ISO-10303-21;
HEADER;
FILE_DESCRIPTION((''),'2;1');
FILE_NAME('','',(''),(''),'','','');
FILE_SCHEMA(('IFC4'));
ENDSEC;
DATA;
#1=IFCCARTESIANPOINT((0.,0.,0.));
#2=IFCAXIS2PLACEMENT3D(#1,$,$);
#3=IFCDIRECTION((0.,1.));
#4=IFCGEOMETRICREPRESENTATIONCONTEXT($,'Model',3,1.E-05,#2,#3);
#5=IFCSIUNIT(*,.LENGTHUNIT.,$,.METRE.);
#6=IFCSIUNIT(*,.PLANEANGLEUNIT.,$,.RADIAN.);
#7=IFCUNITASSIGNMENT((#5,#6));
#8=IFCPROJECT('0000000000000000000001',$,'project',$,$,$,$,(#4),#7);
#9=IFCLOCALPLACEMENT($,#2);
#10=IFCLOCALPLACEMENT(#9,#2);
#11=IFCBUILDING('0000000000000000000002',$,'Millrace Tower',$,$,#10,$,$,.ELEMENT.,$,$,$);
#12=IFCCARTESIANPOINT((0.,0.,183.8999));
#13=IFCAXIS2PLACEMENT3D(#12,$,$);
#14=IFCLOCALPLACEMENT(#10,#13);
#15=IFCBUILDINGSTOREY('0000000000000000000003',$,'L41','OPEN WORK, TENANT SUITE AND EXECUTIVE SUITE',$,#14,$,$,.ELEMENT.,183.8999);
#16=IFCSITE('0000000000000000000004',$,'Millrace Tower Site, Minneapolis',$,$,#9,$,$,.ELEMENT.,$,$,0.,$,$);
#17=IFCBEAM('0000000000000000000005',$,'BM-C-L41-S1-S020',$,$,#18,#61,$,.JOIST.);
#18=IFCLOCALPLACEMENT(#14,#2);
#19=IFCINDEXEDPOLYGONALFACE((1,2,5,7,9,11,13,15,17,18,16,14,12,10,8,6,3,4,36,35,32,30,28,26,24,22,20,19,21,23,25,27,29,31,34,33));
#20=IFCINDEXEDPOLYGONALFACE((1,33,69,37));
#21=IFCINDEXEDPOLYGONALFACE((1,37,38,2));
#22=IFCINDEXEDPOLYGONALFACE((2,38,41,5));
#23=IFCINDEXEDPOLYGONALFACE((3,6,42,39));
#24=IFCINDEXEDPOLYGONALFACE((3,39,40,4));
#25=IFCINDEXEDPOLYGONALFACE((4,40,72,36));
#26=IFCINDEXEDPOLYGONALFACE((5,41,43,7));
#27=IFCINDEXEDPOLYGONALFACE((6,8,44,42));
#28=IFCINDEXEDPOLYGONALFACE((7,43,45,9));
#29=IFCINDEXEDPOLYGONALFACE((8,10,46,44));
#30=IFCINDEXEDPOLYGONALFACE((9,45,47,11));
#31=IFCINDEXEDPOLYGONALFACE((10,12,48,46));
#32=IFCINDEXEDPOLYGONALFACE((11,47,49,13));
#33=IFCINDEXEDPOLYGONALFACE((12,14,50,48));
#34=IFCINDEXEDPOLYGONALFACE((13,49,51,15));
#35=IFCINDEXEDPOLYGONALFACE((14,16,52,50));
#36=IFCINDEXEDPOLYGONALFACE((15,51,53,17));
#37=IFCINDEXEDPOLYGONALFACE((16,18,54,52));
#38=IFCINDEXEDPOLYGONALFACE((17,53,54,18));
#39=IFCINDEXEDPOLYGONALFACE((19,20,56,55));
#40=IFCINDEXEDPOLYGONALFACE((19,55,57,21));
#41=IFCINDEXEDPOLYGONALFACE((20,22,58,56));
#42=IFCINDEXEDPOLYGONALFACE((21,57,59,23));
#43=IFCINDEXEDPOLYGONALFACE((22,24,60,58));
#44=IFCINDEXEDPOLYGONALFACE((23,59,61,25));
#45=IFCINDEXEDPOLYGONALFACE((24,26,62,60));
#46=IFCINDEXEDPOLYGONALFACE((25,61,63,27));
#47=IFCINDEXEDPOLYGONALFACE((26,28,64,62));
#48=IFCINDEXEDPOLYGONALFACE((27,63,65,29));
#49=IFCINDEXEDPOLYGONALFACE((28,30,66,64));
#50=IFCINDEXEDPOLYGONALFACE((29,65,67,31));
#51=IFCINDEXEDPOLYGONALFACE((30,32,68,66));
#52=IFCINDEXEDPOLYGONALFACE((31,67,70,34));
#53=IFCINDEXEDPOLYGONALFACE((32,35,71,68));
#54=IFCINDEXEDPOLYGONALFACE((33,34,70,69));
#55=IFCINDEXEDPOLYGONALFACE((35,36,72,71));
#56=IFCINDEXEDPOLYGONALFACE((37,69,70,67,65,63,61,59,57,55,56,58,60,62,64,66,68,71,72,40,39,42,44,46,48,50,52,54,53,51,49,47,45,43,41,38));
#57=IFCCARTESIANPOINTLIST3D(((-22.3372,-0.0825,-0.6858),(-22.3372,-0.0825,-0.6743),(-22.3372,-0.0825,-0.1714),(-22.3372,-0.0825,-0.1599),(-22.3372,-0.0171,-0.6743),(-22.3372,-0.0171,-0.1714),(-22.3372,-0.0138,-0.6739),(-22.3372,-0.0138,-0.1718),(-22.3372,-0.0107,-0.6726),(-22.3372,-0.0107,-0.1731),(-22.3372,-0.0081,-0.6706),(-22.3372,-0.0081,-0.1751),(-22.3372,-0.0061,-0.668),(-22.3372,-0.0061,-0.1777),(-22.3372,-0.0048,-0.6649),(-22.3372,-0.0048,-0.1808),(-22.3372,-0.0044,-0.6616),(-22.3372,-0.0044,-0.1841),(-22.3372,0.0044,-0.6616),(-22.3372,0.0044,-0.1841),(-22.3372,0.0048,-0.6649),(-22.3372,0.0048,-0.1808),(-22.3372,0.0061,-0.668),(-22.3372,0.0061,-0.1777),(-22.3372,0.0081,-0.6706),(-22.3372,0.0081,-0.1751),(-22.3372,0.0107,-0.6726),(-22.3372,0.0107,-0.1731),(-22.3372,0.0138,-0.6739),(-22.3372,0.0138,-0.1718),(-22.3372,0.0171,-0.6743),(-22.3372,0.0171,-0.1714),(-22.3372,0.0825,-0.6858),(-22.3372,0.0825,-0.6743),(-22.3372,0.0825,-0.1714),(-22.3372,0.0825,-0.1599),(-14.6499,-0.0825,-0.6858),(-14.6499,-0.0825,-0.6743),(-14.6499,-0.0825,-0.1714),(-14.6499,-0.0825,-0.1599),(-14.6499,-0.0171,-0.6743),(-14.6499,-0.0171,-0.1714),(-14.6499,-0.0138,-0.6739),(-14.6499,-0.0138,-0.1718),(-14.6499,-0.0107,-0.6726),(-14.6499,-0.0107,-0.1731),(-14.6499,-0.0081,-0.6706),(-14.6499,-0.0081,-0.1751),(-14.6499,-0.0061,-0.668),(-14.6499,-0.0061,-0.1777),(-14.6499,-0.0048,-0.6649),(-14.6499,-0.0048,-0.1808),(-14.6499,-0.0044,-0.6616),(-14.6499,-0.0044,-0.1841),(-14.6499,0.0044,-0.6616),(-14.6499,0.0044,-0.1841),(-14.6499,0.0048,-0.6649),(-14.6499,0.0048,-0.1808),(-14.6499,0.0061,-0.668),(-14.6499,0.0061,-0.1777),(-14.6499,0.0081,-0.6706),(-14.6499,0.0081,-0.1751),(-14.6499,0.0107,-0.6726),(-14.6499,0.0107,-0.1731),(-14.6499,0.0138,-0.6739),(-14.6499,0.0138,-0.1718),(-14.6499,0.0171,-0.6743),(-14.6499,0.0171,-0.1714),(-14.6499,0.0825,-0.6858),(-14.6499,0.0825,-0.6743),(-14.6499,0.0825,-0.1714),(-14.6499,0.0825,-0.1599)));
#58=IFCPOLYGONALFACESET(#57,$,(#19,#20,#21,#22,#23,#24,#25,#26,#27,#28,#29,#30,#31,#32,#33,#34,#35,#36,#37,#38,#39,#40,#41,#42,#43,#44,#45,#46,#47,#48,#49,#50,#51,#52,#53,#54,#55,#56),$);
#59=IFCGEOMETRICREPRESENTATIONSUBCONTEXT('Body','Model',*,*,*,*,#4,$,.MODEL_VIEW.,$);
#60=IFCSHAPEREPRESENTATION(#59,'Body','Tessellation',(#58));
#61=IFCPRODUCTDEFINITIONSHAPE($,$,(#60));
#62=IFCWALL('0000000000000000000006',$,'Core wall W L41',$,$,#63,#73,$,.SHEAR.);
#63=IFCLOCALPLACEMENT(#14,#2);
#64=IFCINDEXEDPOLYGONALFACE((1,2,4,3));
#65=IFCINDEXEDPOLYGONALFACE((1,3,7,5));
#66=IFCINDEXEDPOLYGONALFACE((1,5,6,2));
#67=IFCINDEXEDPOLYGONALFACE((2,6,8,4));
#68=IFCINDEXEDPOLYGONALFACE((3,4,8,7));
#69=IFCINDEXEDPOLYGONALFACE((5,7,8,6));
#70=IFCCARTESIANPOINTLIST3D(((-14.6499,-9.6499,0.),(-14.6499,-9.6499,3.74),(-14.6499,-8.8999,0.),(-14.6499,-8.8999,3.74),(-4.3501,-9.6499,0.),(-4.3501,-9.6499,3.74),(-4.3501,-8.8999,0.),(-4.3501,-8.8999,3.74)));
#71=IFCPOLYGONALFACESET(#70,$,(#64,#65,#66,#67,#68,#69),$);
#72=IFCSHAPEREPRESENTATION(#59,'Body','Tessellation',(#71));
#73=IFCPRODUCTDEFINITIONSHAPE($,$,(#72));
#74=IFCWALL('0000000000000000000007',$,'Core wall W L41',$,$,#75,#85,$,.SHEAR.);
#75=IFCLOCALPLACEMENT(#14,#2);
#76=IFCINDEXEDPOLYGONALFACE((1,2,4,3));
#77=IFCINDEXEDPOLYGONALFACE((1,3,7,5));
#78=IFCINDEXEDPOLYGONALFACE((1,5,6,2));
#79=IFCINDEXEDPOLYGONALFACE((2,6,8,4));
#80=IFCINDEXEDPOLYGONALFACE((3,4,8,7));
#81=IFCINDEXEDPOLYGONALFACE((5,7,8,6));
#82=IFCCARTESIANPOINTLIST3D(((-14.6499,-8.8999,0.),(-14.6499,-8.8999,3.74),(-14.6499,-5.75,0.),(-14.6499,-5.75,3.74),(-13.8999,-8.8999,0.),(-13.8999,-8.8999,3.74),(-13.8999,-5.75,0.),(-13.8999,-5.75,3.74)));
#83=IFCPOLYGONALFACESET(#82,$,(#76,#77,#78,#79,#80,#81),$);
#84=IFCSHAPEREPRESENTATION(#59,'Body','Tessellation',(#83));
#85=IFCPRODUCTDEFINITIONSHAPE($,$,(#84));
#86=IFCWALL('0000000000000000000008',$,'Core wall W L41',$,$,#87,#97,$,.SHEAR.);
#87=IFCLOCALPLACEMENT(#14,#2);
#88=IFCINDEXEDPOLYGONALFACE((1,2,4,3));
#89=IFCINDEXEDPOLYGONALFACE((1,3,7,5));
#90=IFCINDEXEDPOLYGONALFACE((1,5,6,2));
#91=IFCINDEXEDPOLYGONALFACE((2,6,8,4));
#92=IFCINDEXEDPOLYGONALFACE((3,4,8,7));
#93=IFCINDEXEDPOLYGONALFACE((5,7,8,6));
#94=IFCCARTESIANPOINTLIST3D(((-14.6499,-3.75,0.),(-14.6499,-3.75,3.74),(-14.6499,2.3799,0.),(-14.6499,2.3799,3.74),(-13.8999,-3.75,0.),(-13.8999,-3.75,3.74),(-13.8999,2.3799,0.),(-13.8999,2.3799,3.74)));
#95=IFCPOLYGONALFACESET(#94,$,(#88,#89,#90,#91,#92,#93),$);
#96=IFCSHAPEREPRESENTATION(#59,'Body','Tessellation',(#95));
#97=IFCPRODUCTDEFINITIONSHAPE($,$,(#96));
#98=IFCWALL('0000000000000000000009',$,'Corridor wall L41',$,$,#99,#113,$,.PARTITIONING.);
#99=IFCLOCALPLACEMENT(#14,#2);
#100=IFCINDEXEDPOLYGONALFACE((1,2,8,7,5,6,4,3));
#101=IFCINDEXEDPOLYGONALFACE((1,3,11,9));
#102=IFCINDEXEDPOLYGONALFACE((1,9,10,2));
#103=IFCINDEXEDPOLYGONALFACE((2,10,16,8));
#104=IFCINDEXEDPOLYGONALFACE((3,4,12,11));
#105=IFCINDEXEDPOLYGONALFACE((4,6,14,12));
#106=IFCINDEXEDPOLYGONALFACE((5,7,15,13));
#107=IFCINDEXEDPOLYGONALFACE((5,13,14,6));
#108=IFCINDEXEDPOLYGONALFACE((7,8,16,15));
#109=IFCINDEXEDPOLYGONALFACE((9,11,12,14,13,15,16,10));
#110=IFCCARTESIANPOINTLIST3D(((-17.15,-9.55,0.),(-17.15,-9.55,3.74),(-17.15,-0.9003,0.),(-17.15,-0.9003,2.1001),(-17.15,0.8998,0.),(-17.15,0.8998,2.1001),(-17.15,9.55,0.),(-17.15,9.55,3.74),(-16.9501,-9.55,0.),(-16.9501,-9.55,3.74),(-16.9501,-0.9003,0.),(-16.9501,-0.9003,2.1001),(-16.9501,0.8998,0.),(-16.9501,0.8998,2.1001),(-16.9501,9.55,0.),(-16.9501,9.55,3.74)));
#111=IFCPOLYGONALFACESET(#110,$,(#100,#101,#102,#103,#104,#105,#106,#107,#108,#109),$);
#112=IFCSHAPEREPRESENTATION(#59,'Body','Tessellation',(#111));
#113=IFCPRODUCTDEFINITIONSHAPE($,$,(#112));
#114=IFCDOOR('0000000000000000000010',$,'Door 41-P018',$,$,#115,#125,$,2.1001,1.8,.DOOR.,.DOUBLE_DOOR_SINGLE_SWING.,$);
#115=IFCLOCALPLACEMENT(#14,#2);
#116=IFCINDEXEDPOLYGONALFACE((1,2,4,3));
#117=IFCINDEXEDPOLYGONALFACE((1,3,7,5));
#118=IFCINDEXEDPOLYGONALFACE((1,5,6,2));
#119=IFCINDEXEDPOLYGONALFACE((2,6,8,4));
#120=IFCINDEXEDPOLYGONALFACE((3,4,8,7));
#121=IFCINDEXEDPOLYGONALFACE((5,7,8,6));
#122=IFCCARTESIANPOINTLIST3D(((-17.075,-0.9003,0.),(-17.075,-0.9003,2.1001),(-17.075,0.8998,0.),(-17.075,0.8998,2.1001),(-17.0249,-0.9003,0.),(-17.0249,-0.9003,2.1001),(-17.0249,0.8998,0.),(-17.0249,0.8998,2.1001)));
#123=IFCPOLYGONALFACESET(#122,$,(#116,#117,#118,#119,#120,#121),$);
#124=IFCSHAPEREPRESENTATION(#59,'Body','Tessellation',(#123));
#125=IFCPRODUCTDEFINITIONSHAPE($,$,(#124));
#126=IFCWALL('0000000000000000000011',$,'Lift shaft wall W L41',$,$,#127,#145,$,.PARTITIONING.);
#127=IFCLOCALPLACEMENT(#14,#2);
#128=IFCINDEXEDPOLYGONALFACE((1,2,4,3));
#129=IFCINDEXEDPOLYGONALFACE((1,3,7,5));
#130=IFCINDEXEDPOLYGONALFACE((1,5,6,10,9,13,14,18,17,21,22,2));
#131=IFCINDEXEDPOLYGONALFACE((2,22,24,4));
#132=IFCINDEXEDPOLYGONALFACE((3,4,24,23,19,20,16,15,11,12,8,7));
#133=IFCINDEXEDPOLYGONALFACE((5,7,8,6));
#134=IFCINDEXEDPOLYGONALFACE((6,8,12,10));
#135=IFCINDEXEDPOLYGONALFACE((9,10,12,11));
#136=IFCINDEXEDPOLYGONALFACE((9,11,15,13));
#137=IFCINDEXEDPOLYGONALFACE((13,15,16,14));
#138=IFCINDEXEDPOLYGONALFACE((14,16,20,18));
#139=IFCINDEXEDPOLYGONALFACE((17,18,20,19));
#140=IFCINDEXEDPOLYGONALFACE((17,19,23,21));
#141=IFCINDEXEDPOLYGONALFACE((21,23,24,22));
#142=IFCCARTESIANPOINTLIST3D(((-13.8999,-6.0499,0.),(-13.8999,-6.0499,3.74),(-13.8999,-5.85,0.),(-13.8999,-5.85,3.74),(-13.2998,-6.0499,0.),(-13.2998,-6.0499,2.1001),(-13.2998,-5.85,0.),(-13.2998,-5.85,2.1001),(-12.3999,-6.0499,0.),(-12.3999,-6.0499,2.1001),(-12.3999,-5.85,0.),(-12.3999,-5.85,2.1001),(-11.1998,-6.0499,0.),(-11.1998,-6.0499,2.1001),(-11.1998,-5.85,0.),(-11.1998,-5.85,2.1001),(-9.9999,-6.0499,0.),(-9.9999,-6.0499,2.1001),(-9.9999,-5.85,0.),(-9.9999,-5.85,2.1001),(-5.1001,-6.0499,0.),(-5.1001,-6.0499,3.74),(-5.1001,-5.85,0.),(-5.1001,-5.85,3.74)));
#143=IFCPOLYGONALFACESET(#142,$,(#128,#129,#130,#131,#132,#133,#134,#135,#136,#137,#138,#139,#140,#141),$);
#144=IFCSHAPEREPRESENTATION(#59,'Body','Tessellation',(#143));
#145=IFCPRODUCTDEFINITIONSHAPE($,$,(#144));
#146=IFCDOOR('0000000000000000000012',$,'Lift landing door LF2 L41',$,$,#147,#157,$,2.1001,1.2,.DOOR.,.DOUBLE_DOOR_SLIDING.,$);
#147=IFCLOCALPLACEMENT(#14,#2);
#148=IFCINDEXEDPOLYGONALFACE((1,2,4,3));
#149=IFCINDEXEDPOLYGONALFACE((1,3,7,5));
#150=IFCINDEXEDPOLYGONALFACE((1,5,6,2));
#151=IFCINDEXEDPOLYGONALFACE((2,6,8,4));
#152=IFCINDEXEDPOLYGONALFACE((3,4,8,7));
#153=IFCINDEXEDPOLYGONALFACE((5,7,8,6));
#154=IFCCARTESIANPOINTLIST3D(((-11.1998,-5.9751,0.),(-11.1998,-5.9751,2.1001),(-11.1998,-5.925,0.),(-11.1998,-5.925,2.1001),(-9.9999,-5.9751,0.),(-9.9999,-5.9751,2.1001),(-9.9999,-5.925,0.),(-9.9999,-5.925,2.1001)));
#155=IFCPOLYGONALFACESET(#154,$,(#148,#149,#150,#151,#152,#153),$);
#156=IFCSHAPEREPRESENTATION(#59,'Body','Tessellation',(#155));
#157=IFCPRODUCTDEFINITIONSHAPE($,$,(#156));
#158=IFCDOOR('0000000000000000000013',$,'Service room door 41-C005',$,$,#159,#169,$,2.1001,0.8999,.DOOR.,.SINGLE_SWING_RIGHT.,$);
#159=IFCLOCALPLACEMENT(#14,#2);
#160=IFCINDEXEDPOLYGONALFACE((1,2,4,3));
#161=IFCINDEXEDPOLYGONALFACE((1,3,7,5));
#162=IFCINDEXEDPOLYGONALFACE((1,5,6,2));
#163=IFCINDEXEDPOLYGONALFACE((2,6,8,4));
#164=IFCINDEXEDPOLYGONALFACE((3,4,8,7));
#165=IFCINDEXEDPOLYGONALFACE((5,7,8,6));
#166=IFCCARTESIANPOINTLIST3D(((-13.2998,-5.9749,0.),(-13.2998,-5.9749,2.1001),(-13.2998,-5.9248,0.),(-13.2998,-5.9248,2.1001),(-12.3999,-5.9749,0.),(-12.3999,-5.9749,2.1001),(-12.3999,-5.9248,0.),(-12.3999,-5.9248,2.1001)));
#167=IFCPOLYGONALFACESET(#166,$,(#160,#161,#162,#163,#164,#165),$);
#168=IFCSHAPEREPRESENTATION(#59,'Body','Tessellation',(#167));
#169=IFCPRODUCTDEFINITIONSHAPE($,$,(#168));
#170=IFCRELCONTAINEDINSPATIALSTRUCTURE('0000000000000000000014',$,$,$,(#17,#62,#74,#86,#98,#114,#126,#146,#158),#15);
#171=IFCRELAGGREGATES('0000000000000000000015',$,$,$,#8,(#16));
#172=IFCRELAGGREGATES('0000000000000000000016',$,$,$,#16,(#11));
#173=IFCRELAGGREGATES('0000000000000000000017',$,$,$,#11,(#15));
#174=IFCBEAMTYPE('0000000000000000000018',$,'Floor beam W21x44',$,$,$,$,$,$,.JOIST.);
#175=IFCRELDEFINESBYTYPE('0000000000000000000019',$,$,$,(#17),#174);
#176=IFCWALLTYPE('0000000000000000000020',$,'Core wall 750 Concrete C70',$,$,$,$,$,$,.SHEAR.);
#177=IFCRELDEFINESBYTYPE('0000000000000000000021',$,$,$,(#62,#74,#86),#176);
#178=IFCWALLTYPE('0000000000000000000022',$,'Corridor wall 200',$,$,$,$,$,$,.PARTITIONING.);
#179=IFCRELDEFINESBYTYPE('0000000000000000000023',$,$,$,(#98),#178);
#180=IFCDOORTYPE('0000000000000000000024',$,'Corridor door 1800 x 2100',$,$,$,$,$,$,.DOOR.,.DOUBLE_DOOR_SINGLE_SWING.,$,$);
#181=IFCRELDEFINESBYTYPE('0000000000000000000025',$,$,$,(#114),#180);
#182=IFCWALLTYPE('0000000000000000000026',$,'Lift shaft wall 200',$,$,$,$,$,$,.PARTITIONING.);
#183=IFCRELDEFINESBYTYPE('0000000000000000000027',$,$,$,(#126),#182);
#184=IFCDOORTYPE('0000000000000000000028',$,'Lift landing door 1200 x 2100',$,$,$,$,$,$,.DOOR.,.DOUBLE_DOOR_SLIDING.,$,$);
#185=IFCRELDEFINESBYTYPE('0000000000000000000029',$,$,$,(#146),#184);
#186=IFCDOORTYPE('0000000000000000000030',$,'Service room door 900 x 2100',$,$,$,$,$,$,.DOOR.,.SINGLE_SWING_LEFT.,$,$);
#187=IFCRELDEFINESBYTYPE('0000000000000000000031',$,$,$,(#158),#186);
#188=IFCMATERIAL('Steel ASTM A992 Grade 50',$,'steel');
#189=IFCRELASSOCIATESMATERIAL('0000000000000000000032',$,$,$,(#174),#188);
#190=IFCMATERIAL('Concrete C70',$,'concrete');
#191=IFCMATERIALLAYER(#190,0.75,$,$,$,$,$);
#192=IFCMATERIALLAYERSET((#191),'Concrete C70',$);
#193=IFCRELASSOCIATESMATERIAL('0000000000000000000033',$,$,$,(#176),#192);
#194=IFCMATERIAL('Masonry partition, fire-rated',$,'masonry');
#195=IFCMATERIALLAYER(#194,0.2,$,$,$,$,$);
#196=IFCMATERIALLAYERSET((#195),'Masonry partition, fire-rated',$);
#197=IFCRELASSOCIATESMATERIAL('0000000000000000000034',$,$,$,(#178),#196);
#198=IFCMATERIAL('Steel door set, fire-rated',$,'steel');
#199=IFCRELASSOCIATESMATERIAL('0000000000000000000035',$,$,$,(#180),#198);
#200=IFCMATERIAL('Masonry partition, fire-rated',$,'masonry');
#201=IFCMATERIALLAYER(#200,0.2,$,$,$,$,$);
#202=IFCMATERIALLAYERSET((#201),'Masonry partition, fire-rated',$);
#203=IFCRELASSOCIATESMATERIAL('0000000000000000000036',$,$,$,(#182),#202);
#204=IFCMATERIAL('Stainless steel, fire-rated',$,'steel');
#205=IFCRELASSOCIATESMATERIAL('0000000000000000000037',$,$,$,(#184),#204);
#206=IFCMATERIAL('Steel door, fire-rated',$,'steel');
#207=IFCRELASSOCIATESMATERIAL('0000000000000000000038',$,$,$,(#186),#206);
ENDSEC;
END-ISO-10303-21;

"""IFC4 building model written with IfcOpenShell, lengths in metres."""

from ifc_helpers import new_model, si_unit, direction, frame, frame_2d, origin, origin_2d, place, context, subcontext, project, spatial, rectangle, i_section, extrude, material, layer, layer_set, material_profile, profile_set, type_object, element, fill, save


model = new_model("IFC4")

# Units and contexts
model_context = context("Model", 3, precision=1e-05, world=origin(), true_north=direction((0.0, 1.0)))
body_context = subcontext(model_context, "Body", "Model", "MODEL_VIEW")
ifc_project = project(units=[si_unit("LENGTHUNIT", "METRE"), si_unit("PLANEANGLEUNIT", "RADIAN")], contexts=[model_context])

# Site, building, storey
site_placement = place(None, origin())
site = spatial("IfcSite", under=ifc_project, at=site_placement, Name="Millrace Tower Site, Minneapolis", CompositionType="ELEMENT", RefElevation=0.0)
building_placement = place(site_placement, origin())
building = spatial("IfcBuilding", under=site, at=building_placement, Name="Millrace Tower", CompositionType="ELEMENT")
storey_placement = place(building_placement, frame((0.0, 0.0, 183.8999)))
storey = spatial("IfcBuildingStorey", under=building, at=storey_placement, Name="L41", Description="OPEN WORK, TENANT SUITE AND EXECUTIVE SUITE", CompositionType="ELEMENT", Elevation=183.8999)

# Beam
ifc_material_1 = material(Name="Steel ASTM A992 Grade 50", Category="steel")
ifc_material_profile_1 = material_profile(ifc_material_1, i_section(OverallWidth=0.165, OverallDepth=0.5259, WebThickness=0.0088, FlangeThickness=0.0115, FilletRadius=0.0127, at=origin_2d()))
ifc_profile_set_1 = profile_set([ifc_material_profile_1], Name="Steel ASTM A992 Grade 50")
beam_type_1 = type_object("IfcBeamType", Name="Floor beam W21x44", PredefinedType="JOIST", material=ifc_profile_set_1)
beam_1_placement = place(storey_placement, frame((-22.3372, 0.0, -0.4229), z_axis=(1.0, 0.0, 0.0), x_axis=(0.0, 1.0, 0.0)))
element("IfcBeam", 1, at=beam_1_placement, inside=storey, type_object=beam_type_1, Name="BM-C-L41-S1-S020", PredefinedType="JOIST", context=body_context, shape_type="SweptSolid", body=[
    extrude(i_section(OverallWidth=0.165, OverallDepth=0.5259, WebThickness=0.0088, FlangeThickness=0.0115, FilletRadius=0.0127, at=origin_2d()), origin(), (0.0, 0.0, 1.0), 7.6873),
])

# Walls
ifc_material_2 = material(Name="Concrete C70", Category="concrete")
ifc_layer_1 = layer(ifc_material_2, 0.75)
ifc_layer_set_1 = layer_set([ifc_layer_1], Name="Concrete C70")
wall_type_1 = type_object("IfcWallType", Name="Core wall 750 Concrete C70", PredefinedType="SHEAR", material=ifc_layer_set_1)
wall_1_placement = place(storey_placement, frame((-14.6499, -9.2749, 0.0), z_axis=(0.0, 0.0, 1.0), x_axis=(1.0, 0.0, 0.0)))
element("IfcWall", 2, at=wall_1_placement, inside=storey, type_object=wall_type_1, Name="Core wall W L41", PredefinedType="SHEAR", context=body_context, shape_type="SweptSolid", body=[
    extrude(rectangle(XDim=10.2998, YDim=0.75, at=frame_2d((5.1499, 0.0))), origin(), (0.0, 0.0, 1.0), 3.74),
])
wall_2_placement = place(storey_placement, frame((-14.2749, -8.8999, 0.0), z_axis=(0.0, 0.0, 1.0), x_axis=(0.0, 1.0, 0.0)))
element("IfcWall", 3, at=wall_2_placement, inside=storey, type_object=wall_type_1, Name="Core wall W L41", PredefinedType="SHEAR", context=body_context, shape_type="SweptSolid", body=[
    extrude(rectangle(XDim=3.1499, YDim=0.75, at=frame_2d((1.575, 0.0))), origin(), (0.0, 0.0, 1.0), 3.74),
])
wall_3_placement = place(storey_placement, frame((-14.2749, -3.75, 0.0), z_axis=(0.0, 0.0, 1.0), x_axis=(0.0, 1.0, 0.0)))
element("IfcWall", 4, at=wall_3_placement, inside=storey, type_object=wall_type_1, Name="Core wall W L41", PredefinedType="SHEAR", context=body_context, shape_type="SweptSolid", body=[
    extrude(rectangle(XDim=6.1299, YDim=0.75, at=frame_2d((3.0649, 0.0))), origin(), (0.0, 0.0, 1.0), 3.74),
])

# Wall, opening, door
ifc_material_3 = material(Name="Masonry partition, fire-rated", Category="masonry")
ifc_layer_2 = layer(ifc_material_3, 0.2)
ifc_layer_set_2 = layer_set([ifc_layer_2], Name="Masonry partition, fire-rated")
wall_type_2 = type_object("IfcWallType", Name="Corridor wall 200", PredefinedType="PARTITIONING", material=ifc_layer_set_2)
wall_4_placement = place(storey_placement, frame((-17.05, -9.55, 0.0), z_axis=(0.0, 0.0, 1.0), x_axis=(0.0, 1.0, 0.0)))
wall_4 = element("IfcWall", 5, at=wall_4_placement, inside=storey, type_object=wall_type_2, Name="Corridor wall L41", PredefinedType="PARTITIONING", context=body_context, shape_type="SweptSolid", body=[
    extrude(rectangle(XDim=19.1001, YDim=0.2, at=frame_2d((9.55, 0.0))), origin(), (0.0, 0.0, 1.0), 3.74),
])
opening_1_placement = place(wall_4_placement, frame((8.6499, 0.0, 0.0)))
opening_1 = element("IfcOpeningElement", 6, at=opening_1_placement, cuts=wall_4, PredefinedType="OPENING", context=body_context, shape_type="SweptSolid", body=[
    extrude(rectangle(XDim=1.8, YDim=2.1001, at=frame_2d((0.8999, 1.05))), frame((0.0, 0.1099, 0.0), z_axis=(0.0, -1.0, 0.0), x_axis=(1.0, 0.0, 0.0)), (0.0, 0.0, 1.0), 0.22),
])
ifc_material_4 = material(Name="Steel door set, fire-rated", Category="steel")
door_type_1 = type_object("IfcDoorType", Name="Corridor door 1800 x 2100", OperationType="DOUBLE_DOOR_SINGLE_SWING", PredefinedType="DOOR", material=ifc_material_4)
door_1_placement = place(opening_1_placement, origin())
door_1 = element("IfcDoor", 7, at=door_1_placement, inside=storey, type_object=door_type_1, Name="Door 41-P018", OperationType="DOUBLE_DOOR_SINGLE_SWING", OverallHeight=2.1001, OverallWidth=1.8, PredefinedType="DOOR", context=body_context, shape_type="SweptSolid", body=[
    extrude(rectangle(XDim=1.8, YDim=2.1001, at=frame_2d((0.8999, 1.05))), frame((0.0, 0.0249, 0.0), z_axis=(0.0, -1.0, 0.0), x_axis=(1.0, 0.0, 0.0)), (0.0, 0.0, 1.0), 0.05),
])
fill(opening_1, door_1)

# Wall, openings, doors
ifc_material_5 = material(Name="Masonry partition, fire-rated", Category="masonry")
ifc_layer_3 = layer(ifc_material_5, 0.2)
ifc_layer_set_3 = layer_set([ifc_layer_3], Name="Masonry partition, fire-rated")
wall_type_3 = type_object("IfcWallType", Name="Lift shaft wall 200", PredefinedType="PARTITIONING", material=ifc_layer_set_3)
wall_5_placement = place(storey_placement, frame((-13.8999, -5.95, 0.0), z_axis=(0.0, 0.0, 1.0), x_axis=(1.0, 0.0, 0.0)))
wall_5 = element("IfcWall", 8, at=wall_5_placement, inside=storey, type_object=wall_type_3, Name="Lift shaft wall W L41", PredefinedType="PARTITIONING", context=body_context, shape_type="SweptSolid", body=[
    extrude(rectangle(XDim=8.7998, YDim=0.2, at=frame_2d((4.3999, 0.0))), origin(), (0.0, 0.0, 1.0), 3.74),
])
opening_2_placement = place(wall_5_placement, frame((2.7, 0.0, 0.0)))
opening_2 = element("IfcOpeningElement", 9, at=opening_2_placement, cuts=wall_5, PredefinedType="OPENING", context=body_context, shape_type="SweptSolid", body=[
    extrude(rectangle(XDim=1.2, YDim=2.1001, at=frame_2d((0.6001, 1.05))), frame((0.0, 0.1099, 0.0), z_axis=(0.0, -1.0, 0.0), x_axis=(1.0, 0.0, 0.0)), (0.0, 0.0, 1.0), 0.22),
])
opening_3_placement = place(wall_5_placement, frame((0.6001, 0.0, 0.0)))
opening_3 = element("IfcOpeningElement", 10, at=opening_3_placement, cuts=wall_5, PredefinedType="OPENING", context=body_context, shape_type="SweptSolid", body=[
    extrude(rectangle(XDim=0.8999, YDim=2.1001, at=frame_2d((0.45, 1.05))), frame((0.0, 0.1099, 0.0), z_axis=(0.0, -1.0, 0.0), x_axis=(1.0, 0.0, 0.0)), (0.0, 0.0, 1.0), 0.22),
])
ifc_material_6 = material(Name="Stainless steel, fire-rated", Category="steel")
door_type_2 = type_object("IfcDoorType", Name="Lift landing door 1200 x 2100", OperationType="DOUBLE_DOOR_SLIDING", PredefinedType="DOOR", material=ifc_material_6)
door_2_placement = place(opening_2_placement, origin())
door_2 = element("IfcDoor", 11, at=door_2_placement, inside=storey, type_object=door_type_2, Name="Lift landing door LF2 L41", OperationType="DOUBLE_DOOR_SLIDING", OverallHeight=2.1001, OverallWidth=1.2, PredefinedType="DOOR", context=body_context, shape_type="SweptSolid", body=[
    extrude(rectangle(XDim=1.2, YDim=2.1001, at=frame_2d((0.6001, 1.05))), frame((0.0, 0.0249, 0.0), z_axis=(0.0, -1.0, 0.0), x_axis=(1.0, 0.0, 0.0)), (0.0, 0.0, 1.0), 0.05),
])
fill(opening_2, door_2)
ifc_material_7 = material(Name="Steel door, fire-rated", Category="steel")
door_type_3 = type_object("IfcDoorType", Name="Service room door 900 x 2100", OperationType="SINGLE_SWING_LEFT", PredefinedType="DOOR", material=ifc_material_7)
door_3_placement = place(opening_3_placement, frame((0.8999, 0.0, 0.0), z_axis=(0.0, 0.0, 1.0), x_axis=(-1.0, 0.0, 0.0)))
door_3 = element("IfcDoor", 12, at=door_3_placement, inside=storey, type_object=door_type_3, Name="Service room door 41-C005", OperationType="SINGLE_SWING_RIGHT", OverallHeight=2.1001, OverallWidth=0.8999, PredefinedType="DOOR", context=body_context, shape_type="SweptSolid", body=[
    extrude(rectangle(XDim=0.8999, YDim=2.1001, at=frame_2d((0.45, 1.05))), frame((0.0, 0.0249, 0.0), z_axis=(0.0, -1.0, 0.0), x_axis=(1.0, 0.0, 0.0)), (0.0, 0.0, 1.0), 0.05),
])
fill(opening_3, door_3)

save(model, "model.ifc")
